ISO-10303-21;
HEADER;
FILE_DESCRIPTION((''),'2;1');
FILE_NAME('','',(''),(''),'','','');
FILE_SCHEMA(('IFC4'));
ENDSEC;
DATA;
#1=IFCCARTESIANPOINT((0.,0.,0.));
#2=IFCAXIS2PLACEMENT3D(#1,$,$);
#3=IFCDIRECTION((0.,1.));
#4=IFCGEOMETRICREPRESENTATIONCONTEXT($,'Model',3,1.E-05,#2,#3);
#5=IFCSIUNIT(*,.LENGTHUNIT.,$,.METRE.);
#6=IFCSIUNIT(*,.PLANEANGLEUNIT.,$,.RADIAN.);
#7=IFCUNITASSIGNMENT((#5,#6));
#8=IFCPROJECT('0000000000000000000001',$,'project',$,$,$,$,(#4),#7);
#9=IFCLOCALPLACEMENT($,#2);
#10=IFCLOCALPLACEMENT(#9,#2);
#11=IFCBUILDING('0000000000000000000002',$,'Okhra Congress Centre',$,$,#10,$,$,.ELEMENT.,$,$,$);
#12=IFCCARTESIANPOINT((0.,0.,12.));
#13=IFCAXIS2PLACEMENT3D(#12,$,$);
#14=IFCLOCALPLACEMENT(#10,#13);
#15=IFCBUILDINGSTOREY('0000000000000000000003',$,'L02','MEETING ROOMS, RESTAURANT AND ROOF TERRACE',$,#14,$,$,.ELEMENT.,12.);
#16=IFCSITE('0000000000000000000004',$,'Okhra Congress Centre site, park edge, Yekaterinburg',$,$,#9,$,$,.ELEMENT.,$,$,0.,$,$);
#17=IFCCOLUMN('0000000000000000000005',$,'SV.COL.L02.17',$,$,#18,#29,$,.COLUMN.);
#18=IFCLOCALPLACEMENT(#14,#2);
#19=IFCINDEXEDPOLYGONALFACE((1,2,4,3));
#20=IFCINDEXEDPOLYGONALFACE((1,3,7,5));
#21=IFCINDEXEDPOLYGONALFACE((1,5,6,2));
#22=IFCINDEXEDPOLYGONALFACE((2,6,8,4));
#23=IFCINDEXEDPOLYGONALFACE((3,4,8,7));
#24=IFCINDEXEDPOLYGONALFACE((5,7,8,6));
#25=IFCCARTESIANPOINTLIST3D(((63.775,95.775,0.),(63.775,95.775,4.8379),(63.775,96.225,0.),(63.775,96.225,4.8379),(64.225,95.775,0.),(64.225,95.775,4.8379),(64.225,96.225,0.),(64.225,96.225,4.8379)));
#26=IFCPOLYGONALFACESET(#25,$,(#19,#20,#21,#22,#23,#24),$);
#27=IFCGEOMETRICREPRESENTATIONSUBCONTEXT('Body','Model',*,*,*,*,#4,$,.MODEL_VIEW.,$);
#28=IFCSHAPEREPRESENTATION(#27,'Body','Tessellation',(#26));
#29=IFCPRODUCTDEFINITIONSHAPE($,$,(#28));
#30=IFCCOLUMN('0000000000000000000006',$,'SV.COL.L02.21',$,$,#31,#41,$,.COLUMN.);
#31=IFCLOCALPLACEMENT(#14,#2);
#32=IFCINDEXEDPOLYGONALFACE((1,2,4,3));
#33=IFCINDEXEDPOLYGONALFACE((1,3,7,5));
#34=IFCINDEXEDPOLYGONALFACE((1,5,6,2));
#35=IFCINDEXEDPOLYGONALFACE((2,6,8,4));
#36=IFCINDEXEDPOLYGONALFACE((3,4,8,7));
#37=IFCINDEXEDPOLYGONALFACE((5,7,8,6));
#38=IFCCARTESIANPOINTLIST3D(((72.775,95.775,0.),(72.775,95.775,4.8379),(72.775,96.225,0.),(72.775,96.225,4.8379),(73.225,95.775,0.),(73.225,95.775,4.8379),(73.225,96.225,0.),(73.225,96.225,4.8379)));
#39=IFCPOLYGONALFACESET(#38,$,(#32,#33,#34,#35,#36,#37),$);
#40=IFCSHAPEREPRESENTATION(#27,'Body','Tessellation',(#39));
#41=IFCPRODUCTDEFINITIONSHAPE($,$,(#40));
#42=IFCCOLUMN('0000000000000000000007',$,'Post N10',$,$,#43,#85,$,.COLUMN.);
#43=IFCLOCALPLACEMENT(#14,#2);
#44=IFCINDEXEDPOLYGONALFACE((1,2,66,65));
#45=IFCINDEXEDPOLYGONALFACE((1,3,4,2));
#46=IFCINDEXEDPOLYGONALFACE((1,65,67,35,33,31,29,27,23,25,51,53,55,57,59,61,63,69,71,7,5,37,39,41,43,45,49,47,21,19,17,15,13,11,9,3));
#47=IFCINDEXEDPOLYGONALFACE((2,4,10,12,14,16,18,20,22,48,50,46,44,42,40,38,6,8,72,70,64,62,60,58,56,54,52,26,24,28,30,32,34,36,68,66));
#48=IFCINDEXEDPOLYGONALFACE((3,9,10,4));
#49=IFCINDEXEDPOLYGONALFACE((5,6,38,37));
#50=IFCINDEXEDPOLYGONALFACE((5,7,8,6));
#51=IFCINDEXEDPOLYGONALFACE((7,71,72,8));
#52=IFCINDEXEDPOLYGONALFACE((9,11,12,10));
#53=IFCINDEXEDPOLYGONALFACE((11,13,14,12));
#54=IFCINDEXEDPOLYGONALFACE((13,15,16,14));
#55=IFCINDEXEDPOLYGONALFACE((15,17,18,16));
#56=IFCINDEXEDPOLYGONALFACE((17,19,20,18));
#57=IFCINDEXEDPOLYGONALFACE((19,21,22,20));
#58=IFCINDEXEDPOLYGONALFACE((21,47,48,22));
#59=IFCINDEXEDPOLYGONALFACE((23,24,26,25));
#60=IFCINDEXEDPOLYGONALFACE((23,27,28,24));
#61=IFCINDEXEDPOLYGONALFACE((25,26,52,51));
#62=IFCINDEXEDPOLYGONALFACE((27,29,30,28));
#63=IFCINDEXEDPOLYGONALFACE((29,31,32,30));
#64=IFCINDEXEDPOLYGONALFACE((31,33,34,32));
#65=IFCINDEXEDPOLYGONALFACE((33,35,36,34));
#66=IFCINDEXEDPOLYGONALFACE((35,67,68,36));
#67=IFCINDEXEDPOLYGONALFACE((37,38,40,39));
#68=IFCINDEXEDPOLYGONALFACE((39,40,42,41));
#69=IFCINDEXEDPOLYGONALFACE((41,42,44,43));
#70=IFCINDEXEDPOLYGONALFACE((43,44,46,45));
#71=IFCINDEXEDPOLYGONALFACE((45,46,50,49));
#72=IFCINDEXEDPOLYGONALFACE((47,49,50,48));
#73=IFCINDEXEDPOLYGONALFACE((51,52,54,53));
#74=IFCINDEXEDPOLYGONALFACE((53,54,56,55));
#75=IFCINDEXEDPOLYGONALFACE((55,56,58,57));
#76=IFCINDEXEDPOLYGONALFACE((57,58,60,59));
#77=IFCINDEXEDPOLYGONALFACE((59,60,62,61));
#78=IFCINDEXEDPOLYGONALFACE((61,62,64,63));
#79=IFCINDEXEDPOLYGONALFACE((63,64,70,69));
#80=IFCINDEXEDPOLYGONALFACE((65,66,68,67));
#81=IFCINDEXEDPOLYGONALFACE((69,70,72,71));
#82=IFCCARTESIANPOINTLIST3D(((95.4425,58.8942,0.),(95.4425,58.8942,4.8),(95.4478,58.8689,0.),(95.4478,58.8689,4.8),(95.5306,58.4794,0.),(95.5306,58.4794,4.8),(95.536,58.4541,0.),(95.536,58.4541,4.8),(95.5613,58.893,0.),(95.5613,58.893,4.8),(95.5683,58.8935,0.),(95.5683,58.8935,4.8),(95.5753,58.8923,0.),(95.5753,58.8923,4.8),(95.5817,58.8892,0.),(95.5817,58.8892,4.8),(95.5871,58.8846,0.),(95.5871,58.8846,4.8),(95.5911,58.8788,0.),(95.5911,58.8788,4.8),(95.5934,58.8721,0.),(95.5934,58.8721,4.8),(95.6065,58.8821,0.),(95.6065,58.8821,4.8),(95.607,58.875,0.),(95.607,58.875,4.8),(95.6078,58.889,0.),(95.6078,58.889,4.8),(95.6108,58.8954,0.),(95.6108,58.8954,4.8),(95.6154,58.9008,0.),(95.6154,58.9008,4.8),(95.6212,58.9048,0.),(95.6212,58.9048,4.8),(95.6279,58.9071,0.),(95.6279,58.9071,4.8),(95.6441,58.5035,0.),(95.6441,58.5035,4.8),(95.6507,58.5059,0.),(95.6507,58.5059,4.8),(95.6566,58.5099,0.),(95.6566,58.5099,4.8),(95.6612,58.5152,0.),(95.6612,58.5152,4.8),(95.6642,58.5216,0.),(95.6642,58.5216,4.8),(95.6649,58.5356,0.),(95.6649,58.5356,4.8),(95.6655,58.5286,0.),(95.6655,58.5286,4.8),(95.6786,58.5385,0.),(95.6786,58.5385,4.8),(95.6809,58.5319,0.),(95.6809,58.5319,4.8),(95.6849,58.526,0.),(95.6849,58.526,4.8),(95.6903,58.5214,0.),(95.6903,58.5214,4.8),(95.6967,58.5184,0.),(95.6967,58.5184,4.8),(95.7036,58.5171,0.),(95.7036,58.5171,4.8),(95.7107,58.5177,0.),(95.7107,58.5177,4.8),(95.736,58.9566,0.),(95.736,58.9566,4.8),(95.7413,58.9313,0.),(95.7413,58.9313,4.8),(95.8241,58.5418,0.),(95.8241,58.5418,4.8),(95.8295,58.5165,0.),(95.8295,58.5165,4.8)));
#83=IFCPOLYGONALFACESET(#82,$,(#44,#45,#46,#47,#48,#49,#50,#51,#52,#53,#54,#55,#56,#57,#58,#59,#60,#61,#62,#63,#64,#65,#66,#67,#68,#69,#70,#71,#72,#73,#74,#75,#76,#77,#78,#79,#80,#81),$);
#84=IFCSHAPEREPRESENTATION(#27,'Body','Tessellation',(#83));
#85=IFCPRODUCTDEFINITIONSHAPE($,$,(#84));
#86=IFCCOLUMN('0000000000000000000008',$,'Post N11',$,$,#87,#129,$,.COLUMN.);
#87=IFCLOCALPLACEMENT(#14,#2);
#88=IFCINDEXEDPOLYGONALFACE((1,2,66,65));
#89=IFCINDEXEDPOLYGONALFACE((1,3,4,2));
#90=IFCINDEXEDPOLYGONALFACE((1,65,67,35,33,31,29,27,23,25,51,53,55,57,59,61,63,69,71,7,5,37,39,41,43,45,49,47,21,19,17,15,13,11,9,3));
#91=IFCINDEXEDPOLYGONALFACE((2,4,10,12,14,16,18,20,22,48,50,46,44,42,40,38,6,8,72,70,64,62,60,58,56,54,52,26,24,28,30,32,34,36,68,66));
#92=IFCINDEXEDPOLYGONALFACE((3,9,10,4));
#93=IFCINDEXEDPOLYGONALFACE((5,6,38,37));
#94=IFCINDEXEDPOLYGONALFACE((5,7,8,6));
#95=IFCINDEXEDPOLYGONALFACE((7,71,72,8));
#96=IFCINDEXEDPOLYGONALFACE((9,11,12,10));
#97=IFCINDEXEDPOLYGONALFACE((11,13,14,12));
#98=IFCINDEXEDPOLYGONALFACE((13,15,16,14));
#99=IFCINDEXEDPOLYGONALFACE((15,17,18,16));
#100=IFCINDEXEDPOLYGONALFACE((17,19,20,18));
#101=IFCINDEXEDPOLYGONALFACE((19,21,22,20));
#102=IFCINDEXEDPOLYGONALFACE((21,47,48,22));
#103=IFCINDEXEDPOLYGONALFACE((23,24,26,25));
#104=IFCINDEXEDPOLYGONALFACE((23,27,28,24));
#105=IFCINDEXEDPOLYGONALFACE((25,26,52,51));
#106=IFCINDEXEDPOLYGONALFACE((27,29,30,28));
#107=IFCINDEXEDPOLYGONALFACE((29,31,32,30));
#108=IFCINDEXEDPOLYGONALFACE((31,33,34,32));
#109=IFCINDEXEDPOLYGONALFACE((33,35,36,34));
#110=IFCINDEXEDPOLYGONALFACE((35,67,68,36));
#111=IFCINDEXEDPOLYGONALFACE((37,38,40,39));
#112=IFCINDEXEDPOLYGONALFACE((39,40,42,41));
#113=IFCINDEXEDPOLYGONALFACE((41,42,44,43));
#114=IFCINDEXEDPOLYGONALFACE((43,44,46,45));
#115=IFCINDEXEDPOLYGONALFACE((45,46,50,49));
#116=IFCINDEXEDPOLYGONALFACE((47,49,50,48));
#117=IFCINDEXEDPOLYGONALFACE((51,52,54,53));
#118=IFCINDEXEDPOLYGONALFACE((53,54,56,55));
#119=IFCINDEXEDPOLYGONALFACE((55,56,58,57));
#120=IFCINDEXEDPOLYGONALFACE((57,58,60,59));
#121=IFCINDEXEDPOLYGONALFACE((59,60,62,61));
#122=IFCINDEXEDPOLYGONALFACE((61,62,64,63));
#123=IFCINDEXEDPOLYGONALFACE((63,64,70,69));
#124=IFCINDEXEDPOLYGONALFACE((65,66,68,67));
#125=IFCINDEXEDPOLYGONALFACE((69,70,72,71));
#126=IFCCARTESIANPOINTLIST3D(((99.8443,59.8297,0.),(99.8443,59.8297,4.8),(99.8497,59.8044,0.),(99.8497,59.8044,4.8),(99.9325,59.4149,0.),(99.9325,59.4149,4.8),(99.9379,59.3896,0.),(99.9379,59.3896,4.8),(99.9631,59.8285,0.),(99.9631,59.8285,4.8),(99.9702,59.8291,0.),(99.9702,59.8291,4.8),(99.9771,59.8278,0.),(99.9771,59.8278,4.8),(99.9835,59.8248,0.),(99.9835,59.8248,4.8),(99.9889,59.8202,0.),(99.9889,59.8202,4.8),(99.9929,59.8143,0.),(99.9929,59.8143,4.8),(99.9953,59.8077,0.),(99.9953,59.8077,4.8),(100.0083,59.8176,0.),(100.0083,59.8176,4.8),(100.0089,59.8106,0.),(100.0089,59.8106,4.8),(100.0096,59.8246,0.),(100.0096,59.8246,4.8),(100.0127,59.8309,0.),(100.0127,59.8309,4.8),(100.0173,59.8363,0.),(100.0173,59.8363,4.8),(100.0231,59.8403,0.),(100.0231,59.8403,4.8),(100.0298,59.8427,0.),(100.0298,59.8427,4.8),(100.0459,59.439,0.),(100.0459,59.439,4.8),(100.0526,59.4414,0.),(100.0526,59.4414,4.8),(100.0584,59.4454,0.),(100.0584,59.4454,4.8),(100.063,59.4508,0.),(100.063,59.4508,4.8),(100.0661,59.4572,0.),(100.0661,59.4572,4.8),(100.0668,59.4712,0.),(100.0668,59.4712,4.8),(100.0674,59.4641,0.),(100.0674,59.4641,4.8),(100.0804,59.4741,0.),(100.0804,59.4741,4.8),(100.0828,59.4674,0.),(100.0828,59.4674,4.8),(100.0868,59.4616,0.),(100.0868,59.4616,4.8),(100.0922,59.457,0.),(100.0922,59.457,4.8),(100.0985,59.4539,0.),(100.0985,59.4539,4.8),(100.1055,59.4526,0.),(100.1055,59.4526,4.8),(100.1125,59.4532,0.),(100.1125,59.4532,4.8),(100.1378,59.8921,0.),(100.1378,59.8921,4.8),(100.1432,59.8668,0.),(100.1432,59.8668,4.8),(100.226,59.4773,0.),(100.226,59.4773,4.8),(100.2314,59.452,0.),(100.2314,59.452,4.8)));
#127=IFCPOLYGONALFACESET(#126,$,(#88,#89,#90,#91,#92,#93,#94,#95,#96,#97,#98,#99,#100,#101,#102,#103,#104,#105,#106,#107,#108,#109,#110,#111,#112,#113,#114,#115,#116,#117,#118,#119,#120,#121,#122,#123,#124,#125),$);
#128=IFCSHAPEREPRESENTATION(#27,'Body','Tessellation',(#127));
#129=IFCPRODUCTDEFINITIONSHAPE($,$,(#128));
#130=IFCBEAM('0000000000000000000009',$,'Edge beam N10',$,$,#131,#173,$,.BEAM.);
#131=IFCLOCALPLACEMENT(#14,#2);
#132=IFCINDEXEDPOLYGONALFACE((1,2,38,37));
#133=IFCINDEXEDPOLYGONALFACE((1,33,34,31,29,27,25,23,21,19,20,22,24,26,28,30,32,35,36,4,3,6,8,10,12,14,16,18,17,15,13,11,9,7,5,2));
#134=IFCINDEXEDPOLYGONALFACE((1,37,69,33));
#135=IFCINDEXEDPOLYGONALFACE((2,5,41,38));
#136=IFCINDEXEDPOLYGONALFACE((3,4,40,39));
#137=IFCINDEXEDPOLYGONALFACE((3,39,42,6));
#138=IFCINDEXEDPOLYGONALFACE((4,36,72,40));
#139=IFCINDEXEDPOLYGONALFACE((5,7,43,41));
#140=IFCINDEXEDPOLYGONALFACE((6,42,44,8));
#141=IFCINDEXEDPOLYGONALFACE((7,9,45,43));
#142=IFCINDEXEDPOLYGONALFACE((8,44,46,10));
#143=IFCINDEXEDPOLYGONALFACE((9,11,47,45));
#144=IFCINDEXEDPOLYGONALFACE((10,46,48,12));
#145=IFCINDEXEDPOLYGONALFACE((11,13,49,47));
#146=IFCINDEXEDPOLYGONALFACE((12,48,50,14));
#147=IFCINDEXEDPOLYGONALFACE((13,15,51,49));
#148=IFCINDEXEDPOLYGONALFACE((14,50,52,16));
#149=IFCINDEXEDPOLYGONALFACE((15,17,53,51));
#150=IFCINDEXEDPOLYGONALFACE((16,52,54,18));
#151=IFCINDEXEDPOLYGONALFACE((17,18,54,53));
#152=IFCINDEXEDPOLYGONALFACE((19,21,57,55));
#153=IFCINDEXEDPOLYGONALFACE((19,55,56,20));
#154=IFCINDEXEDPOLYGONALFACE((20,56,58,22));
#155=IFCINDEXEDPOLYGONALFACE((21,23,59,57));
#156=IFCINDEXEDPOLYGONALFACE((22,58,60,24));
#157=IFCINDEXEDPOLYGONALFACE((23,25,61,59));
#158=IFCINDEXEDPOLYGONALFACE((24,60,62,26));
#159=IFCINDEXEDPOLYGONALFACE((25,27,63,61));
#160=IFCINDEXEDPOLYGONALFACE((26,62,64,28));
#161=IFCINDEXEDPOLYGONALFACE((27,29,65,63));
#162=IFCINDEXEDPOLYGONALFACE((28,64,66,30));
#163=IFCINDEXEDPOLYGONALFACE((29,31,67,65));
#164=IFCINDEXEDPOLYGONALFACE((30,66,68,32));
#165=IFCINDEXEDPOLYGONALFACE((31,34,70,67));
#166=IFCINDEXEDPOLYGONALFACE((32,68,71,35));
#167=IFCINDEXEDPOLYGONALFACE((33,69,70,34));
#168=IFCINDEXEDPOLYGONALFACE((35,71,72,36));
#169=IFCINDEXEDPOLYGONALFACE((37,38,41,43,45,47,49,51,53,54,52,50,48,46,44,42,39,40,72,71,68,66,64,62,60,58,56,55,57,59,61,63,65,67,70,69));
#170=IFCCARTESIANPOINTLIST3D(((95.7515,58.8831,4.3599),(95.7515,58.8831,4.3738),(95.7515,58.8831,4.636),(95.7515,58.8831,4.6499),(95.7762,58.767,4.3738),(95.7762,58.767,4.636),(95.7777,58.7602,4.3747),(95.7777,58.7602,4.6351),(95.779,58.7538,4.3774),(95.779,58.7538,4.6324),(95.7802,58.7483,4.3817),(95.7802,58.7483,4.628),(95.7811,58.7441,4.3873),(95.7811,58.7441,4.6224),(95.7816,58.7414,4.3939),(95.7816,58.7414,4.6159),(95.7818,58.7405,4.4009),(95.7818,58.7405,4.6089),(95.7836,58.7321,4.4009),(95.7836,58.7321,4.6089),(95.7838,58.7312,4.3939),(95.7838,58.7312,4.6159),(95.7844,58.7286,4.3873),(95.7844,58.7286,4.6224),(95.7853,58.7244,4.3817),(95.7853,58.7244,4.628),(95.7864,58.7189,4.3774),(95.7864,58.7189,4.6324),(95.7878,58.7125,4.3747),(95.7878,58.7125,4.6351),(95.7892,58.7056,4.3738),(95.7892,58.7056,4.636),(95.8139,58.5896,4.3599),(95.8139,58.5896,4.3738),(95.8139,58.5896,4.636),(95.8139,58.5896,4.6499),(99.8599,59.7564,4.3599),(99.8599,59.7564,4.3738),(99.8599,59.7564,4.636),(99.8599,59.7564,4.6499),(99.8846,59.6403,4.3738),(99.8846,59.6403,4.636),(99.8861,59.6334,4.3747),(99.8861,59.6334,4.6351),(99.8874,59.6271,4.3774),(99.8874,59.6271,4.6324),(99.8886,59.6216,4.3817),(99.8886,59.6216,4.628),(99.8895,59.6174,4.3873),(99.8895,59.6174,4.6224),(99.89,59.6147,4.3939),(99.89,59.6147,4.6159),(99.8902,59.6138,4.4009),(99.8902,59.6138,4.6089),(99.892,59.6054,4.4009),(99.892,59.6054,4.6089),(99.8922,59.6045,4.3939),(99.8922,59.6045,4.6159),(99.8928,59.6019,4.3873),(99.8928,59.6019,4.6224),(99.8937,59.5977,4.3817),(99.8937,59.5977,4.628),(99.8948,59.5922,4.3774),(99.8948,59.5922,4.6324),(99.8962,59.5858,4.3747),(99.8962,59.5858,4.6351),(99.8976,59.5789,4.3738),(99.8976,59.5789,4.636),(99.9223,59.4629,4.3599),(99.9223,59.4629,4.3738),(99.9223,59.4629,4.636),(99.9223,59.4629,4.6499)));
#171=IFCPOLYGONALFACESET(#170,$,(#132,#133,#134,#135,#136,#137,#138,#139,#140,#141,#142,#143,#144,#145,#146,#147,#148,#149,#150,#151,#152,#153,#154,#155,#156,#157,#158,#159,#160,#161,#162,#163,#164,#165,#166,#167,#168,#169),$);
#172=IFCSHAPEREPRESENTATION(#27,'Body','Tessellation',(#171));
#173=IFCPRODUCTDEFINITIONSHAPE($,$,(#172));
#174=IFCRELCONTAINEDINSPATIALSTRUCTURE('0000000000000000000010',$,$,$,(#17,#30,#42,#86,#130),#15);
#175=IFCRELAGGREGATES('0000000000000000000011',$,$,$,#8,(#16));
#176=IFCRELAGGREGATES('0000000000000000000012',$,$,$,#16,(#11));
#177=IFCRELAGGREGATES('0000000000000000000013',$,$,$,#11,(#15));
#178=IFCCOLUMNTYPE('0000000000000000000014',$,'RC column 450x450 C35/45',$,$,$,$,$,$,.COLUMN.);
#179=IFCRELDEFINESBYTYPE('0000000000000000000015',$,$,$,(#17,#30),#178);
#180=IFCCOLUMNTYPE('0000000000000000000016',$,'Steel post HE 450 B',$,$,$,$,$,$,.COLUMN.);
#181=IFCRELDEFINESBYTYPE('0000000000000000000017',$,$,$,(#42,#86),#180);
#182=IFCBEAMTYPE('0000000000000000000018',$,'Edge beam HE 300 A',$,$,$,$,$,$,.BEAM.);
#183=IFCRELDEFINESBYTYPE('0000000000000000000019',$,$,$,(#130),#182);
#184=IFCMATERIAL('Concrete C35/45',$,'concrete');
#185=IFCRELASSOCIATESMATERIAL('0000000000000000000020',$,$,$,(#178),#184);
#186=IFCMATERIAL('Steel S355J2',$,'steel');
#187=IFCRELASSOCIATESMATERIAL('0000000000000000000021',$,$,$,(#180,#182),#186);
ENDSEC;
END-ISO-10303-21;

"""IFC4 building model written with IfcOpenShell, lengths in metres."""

from ifc_helpers import new_model, si_unit, direction, frame, origin, origin_2d, place, context, subcontext, project, spatial, rectangle, i_section, extrude, material, material_profile, profile_set, type_object, element, save


model = new_model("IFC4")

# Units and contexts
model_context = context("Model", 3, precision=1e-05, world=origin(), true_north=direction((0.0, 1.0)))
body_context = subcontext(model_context, "Body", "Model", "MODEL_VIEW")
ifc_project = project(units=[si_unit("LENGTHUNIT", "METRE"), si_unit("PLANEANGLEUNIT", "RADIAN")], contexts=[model_context])

# Site, building, storey
site_placement = place(None, origin())
site = spatial("IfcSite", under=ifc_project, at=site_placement, Name="Okhra Congress Centre site, park edge, Yekaterinburg", CompositionType="ELEMENT", RefElevation=0.0)
building_placement = place(site_placement, origin())
building = spatial("IfcBuilding", under=site, at=building_placement, Name="Okhra Congress Centre", CompositionType="ELEMENT")
storey_placement = place(building_placement, frame((0.0, 0.0, 12.0)))
storey = spatial("IfcBuildingStorey", under=building, at=storey_placement, Name="L02", Description="MEETING ROOMS, RESTAURANT AND ROOF TERRACE", CompositionType="ELEMENT", Elevation=12.0)

# Columns
ifc_material_1 = material(Name="Concrete C35/45", Category="concrete")
ifc_material_profile_1 = material_profile(ifc_material_1, rectangle(XDim=0.45, YDim=0.45, at=origin_2d()), Name="RC 450x450")
ifc_profile_set_1 = profile_set([ifc_material_profile_1], Name="Concrete C35/45")
column_type_1 = type_object("IfcColumnType", Name="RC column 450x450 C35/45", PredefinedType="COLUMN", material=ifc_profile_set_1)
for number, where, z_axis, x_axis, name in (
    (1, (64.0, 96.0, 0.0), (0.0, 0.0, 1.0), (1.0, 0.0, 0.0), "SV.COL.L02.17"),
    (2, (73.0, 96.0, 0.0), (0.0, 0.0, 1.0), (1.0, 0.0, 0.0), "SV.COL.L02.21"),
):
    element("IfcColumn", number, at=place(storey_placement, frame(where, z_axis=z_axis, x_axis=x_axis)), inside=storey, type_object=column_type_1, Name=name, PredefinedType="COLUMN", context=body_context, shape_type="SweptSolid", body=[
        extrude(rectangle(XDim=0.45, YDim=0.45, at=origin_2d()), origin(), (0.0, 0.0, 1.0), 4.8379),
    ])
ifc_material_2 = material(Name="Steel S355J2", Category="steel")
ifc_material_profile_2 = material_profile(ifc_material_2, i_section(OverallWidth=0.3, OverallDepth=0.45, WebThickness=0.0139, FlangeThickness=0.0259, FilletRadius=0.0271, at=origin_2d()), Name="HE 450 B")
ifc_profile_set_2 = profile_set([ifc_material_profile_2], Name="Steel S355J2")
column_type_2 = type_object("IfcColumnType", Name="Steel post HE 450 B", PredefinedType="COLUMN", material=ifc_profile_set_2)
for number, where, z_axis, x_axis, name in (
    (3, (95.636, 58.7053, 0.0), (0.0, 0.0, 1.0), (0.978148, 0.207912, 0.0), "Post N10"),
    (4, (100.0378, 59.6409, 0.0), (0.0, 0.0, 1.0), (0.978148, 0.207912, 0.0), "Post N11"),
):
    element("IfcColumn", number, at=place(storey_placement, frame(where, z_axis=z_axis, x_axis=x_axis)), inside=storey, type_object=column_type_2, Name=name, PredefinedType="COLUMN", context=body_context, shape_type="SweptSolid", body=[
        extrude(i_section(OverallWidth=0.3, OverallDepth=0.45, WebThickness=0.0139, FlangeThickness=0.0259, FilletRadius=0.0271, at=origin_2d()), origin(), (0.0, 0.0, 1.0), 4.8),
    ])

# Beam
ifc_material_profile_3 = material_profile(ifc_material_2, i_section(OverallWidth=0.3, OverallDepth=0.29, WebThickness=0.0085, FlangeThickness=0.0139, FilletRadius=0.0271, at=origin_2d()), Name="HE 300 A")
ifc_profile_set_3 = profile_set([ifc_material_profile_3], Name="Steel S355J2")
beam_type = type_object("IfcBeamType", Name="Edge beam HE 300 A", PredefinedType="BEAM", material=ifc_profile_set_3)
beam_1_placement = place(storey_placement, frame((95.7827, 58.7363, 4.5049), z_axis=(0.978146, 0.207917, 0.0), x_axis=(-0.207917, 0.978146, 0.0)))
element("IfcBeam", 5, at=beam_1_placement, inside=storey, type_object=beam_type, Name="Edge beam N10", PredefinedType="BEAM", context=body_context, shape_type="SweptSolid", body=[
    extrude(i_section(OverallWidth=0.3, OverallDepth=0.29, WebThickness=0.0085, FlangeThickness=0.0139, FilletRadius=0.0271, at=origin_2d()), origin(), (0.0, 0.0, 1.0), 4.2002),
])

save(model, "model.ifc")
